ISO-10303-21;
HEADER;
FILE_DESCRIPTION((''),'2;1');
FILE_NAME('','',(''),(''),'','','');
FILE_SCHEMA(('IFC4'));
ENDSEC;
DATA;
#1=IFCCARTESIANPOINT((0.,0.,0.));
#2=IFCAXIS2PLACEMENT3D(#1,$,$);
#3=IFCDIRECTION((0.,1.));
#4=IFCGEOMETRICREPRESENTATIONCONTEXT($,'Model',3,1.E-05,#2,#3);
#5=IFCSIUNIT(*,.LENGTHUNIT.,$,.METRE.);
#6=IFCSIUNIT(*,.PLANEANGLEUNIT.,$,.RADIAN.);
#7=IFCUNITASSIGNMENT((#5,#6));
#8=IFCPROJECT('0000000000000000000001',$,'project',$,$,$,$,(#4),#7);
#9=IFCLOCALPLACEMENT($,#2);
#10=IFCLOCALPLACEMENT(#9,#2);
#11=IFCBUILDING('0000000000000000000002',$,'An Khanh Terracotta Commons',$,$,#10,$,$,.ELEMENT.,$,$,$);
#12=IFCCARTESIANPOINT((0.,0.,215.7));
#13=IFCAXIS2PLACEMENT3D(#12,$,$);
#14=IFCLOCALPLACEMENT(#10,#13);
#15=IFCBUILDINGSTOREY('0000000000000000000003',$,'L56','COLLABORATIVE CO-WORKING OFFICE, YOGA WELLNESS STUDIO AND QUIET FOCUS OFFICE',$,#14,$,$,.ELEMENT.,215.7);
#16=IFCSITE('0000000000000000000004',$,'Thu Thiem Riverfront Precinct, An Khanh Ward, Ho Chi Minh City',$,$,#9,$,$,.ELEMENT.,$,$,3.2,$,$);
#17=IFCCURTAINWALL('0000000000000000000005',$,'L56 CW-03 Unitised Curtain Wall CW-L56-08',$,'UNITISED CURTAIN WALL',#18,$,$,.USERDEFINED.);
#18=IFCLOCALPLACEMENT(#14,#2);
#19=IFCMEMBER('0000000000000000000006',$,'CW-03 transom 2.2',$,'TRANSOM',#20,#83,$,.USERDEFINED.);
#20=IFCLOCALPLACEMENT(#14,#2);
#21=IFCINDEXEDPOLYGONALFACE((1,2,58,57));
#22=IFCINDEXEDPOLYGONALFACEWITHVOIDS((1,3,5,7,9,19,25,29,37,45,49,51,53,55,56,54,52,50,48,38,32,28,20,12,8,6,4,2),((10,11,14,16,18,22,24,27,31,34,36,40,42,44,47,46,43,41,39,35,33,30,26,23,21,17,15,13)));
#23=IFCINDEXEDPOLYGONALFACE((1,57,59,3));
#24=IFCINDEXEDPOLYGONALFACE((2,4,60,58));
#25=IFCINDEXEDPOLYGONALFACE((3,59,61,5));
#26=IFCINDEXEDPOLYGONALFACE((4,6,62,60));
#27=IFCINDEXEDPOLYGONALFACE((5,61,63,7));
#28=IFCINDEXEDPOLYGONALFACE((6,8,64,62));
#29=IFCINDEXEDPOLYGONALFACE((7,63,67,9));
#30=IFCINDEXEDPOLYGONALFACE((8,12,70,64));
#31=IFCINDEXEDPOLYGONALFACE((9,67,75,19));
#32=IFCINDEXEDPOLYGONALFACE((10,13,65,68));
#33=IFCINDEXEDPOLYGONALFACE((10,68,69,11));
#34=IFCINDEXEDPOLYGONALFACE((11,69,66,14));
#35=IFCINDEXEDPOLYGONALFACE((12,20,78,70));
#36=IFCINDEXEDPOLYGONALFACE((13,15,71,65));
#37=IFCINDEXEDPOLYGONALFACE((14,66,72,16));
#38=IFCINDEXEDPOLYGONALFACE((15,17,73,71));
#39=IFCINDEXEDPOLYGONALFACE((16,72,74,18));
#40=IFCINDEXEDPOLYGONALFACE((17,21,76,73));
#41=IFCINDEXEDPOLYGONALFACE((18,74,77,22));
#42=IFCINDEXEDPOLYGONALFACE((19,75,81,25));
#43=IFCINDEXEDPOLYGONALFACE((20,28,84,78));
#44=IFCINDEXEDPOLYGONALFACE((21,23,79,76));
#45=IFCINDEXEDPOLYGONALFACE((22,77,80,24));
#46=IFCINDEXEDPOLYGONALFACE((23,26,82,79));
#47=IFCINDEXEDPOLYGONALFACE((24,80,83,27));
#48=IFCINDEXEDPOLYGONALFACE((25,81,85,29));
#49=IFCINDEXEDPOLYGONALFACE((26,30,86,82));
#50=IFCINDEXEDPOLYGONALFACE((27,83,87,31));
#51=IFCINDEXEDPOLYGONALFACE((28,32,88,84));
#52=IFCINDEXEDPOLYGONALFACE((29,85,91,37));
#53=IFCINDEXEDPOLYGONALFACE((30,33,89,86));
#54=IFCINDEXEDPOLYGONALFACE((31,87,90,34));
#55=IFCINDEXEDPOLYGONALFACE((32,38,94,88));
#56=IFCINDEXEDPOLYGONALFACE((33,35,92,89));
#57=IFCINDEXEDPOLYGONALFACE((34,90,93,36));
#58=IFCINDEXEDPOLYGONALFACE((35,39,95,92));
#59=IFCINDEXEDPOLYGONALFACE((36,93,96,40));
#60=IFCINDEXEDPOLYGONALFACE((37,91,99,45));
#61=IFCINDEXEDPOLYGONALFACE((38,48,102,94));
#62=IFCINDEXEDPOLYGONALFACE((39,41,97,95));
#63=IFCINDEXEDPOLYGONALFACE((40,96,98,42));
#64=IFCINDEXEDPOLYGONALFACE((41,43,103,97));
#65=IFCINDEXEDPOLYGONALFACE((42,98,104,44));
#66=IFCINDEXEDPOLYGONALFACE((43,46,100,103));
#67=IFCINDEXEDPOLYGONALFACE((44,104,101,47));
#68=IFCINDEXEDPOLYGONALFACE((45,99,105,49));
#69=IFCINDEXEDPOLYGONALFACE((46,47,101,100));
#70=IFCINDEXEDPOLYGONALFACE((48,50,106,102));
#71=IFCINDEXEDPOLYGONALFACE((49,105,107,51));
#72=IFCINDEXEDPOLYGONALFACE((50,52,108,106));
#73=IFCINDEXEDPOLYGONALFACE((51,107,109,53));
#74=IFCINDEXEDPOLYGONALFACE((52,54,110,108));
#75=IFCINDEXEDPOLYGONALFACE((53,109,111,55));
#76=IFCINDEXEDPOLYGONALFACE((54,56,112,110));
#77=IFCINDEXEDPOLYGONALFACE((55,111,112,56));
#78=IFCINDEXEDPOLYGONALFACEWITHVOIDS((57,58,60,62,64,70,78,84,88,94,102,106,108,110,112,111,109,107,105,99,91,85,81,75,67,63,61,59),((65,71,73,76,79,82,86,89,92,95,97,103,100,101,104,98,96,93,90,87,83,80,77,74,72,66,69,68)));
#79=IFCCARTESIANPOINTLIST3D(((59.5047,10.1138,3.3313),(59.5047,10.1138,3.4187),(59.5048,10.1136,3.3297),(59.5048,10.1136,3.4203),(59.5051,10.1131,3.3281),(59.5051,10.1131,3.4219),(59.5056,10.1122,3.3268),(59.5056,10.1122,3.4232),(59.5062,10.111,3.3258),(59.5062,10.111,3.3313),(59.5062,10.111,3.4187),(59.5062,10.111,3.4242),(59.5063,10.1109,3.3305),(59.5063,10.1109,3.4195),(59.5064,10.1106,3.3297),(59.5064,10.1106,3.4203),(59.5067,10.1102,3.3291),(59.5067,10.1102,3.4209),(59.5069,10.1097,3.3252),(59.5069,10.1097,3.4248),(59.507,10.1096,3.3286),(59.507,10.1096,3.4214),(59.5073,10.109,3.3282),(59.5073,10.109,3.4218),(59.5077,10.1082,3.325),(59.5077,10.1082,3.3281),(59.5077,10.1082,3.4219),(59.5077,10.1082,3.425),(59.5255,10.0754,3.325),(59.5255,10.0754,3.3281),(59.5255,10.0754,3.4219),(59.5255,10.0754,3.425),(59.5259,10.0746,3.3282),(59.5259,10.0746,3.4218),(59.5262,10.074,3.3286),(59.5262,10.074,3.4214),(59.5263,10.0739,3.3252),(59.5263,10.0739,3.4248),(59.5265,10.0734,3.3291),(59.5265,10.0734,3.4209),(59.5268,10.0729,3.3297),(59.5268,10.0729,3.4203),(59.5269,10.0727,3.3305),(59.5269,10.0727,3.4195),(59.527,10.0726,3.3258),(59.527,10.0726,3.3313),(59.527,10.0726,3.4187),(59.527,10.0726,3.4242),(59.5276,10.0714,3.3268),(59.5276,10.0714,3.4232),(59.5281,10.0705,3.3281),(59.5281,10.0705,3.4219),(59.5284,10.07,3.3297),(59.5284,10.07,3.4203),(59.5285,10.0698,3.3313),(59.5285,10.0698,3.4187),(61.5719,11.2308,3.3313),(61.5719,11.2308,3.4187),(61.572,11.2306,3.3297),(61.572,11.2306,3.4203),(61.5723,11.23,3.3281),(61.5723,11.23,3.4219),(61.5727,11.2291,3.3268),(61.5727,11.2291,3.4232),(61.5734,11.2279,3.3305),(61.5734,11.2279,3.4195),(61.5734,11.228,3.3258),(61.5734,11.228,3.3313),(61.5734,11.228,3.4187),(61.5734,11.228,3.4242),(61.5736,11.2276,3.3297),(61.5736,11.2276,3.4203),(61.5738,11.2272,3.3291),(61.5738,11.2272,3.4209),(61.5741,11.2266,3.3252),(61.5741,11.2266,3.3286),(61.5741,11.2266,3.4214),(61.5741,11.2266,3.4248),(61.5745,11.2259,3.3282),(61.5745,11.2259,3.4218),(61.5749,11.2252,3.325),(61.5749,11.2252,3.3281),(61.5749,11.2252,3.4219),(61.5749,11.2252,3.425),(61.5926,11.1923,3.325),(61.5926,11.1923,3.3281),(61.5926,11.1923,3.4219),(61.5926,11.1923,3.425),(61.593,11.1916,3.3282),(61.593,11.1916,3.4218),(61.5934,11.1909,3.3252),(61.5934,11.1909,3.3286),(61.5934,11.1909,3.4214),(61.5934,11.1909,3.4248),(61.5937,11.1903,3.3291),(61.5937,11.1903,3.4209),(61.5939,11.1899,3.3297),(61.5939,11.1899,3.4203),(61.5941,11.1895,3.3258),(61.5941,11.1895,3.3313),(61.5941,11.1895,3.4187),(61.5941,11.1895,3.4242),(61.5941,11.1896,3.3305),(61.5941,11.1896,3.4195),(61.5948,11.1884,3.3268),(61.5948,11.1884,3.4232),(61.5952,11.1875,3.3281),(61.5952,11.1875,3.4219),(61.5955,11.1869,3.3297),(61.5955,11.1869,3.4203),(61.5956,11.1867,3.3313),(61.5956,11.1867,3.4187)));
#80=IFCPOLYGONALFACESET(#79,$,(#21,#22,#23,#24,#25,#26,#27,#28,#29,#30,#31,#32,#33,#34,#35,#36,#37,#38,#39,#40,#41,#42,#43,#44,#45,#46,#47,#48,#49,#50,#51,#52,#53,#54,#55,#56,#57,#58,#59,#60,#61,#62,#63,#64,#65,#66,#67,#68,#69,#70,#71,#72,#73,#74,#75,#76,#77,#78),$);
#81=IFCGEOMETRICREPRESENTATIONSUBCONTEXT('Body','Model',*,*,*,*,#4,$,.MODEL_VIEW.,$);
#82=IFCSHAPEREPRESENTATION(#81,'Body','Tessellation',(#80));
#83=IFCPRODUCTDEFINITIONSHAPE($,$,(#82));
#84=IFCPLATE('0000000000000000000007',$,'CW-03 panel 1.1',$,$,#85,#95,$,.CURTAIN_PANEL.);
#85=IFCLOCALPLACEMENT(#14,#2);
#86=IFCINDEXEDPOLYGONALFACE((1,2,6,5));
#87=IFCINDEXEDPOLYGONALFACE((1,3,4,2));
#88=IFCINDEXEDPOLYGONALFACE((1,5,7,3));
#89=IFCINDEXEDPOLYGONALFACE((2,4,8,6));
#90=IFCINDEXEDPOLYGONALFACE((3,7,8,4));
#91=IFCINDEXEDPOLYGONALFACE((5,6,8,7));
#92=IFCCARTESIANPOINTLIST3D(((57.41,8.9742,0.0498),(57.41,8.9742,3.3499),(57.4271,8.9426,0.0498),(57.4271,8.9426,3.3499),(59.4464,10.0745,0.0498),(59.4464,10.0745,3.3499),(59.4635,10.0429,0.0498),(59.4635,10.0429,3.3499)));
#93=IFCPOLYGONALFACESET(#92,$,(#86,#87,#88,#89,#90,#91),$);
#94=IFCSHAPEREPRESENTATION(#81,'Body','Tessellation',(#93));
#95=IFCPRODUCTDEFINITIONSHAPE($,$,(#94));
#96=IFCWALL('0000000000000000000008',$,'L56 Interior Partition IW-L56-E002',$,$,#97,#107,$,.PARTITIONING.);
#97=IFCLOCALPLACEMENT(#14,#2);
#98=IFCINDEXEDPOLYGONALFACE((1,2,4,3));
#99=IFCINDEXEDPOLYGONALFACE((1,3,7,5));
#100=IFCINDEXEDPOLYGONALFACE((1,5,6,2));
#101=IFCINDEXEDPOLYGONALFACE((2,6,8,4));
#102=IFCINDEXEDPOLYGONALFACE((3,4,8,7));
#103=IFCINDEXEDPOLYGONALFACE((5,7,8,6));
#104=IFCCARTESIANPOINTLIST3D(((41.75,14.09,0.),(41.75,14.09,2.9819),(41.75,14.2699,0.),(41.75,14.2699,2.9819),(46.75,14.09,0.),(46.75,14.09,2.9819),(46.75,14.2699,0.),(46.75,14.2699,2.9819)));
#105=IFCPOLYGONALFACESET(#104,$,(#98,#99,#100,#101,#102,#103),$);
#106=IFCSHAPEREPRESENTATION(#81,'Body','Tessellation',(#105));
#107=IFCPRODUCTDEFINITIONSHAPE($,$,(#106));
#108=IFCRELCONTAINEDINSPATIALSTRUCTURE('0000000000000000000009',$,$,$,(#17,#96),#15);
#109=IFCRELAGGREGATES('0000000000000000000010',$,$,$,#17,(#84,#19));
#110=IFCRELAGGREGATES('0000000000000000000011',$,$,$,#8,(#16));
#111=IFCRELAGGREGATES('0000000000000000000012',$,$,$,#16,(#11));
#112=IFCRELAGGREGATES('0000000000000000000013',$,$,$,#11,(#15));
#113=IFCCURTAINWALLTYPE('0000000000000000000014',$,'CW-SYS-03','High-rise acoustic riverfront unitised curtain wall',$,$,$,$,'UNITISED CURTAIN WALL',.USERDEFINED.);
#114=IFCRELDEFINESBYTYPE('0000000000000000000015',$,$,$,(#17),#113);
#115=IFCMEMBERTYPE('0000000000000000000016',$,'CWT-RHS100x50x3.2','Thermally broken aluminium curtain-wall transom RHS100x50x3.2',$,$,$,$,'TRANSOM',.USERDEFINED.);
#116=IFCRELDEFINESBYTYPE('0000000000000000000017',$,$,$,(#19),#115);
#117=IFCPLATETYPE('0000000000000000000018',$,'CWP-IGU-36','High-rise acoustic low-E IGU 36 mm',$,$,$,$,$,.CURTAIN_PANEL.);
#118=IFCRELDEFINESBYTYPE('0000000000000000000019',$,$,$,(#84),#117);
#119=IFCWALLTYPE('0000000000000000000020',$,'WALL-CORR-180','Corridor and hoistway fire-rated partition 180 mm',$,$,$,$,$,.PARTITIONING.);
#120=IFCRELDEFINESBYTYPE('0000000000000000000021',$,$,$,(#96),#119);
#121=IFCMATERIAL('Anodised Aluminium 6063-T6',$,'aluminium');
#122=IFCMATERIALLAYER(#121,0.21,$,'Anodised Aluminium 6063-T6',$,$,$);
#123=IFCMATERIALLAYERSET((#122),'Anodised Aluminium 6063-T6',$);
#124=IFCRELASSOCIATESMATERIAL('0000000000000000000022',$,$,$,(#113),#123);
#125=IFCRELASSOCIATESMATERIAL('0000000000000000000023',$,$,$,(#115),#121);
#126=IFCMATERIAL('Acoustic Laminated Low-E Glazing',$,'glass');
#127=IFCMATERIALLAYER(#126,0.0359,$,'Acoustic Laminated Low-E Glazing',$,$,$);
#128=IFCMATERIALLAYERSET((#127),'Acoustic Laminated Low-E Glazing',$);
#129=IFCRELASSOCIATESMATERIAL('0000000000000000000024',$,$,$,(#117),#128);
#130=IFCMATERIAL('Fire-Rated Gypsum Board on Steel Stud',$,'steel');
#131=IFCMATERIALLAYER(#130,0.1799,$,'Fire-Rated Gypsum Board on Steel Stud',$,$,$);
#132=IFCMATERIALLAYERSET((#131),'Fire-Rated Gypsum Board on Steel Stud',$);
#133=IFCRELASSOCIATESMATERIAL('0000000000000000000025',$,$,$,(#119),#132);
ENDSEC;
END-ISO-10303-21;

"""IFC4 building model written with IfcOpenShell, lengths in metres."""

from ifc_helpers import new_model, si_unit, direction, frame, frame_2d, origin, origin_2d, place, context, subcontext, project, spatial, rectangle, hollow_rectangle, extrude, material, layer, layer_set, material_profile, profile_set, type_object, element, aggregate, save


model = new_model("IFC4")

# Units and contexts
model_context = context("Model", 3, precision=1e-05, world=origin(), true_north=direction((0.0, 1.0)))
body_context = subcontext(model_context, "Body", "Model", "MODEL_VIEW")
ifc_project = project(units=[si_unit("LENGTHUNIT", "METRE"), si_unit("PLANEANGLEUNIT", "RADIAN")], contexts=[model_context])

# Site, building, storey
site_placement = place(None, origin())
site = spatial("IfcSite", under=ifc_project, at=site_placement, Name="Thu Thiem Riverfront Precinct, An Khanh Ward, Ho Chi Minh City", CompositionType="ELEMENT", RefElevation=3.2)
building_placement = place(site_placement, origin())
building = spatial("IfcBuilding", under=site, at=building_placement, Name="An Khanh Terracotta Commons", CompositionType="ELEMENT")
storey_placement = place(building_placement, frame((0.0, 0.0, 215.7)))
storey = spatial("IfcBuildingStorey", under=building, at=storey_placement, Name="L56", Description="COLLABORATIVE CO-WORKING OFFICE, YOGA WELLNESS STUDIO AND QUIET FOCUS OFFICE", CompositionType="ELEMENT", Elevation=215.7)

# Curtain wall, member, plate
ifc_material_1 = material(Name="Anodised Aluminium 6063-T6", Category="aluminium")
ifc_layer_1 = layer(ifc_material_1, 0.21, Name="Anodised Aluminium 6063-T6")
ifc_layer_set_1 = layer_set([ifc_layer_1], Name="Anodised Aluminium 6063-T6")
curtain_wall_type = type_object("IfcCurtainWallType", Name="CW-SYS-03", Description="High-rise acoustic riverfront unitised curtain wall", ElementType="UNITISED CURTAIN WALL", PredefinedType="USERDEFINED", material=ifc_layer_set_1)
curtain_wall_placement = place(storey_placement, origin())
curtain_wall = element("IfcCurtainWall", 1, at=curtain_wall_placement, inside=storey, type_object=curtain_wall_type, Name="L56 CW-03 Unitised Curtain Wall CW-L56-08", ObjectType="UNITISED CURTAIN WALL", PredefinedType="USERDEFINED")
ifc_material_profile_1 = material_profile(ifc_material_1, hollow_rectangle(XDim=0.05, YDim=0.1001, WallThickness=0.0032, InnerFilletRadius=0.0032, OuterFilletRadius=0.0063, at=origin_2d()), Name="RHS100x50x3.2")
ifc_profile_set_1 = profile_set([ifc_material_profile_1], Name="Anodised Aluminium 6063-T6")
member_type_1 = type_object("IfcMemberType", Name="CWT-RHS100x50x3.2", Description="Thermally broken aluminium curtain-wall transom RHS100x50x3.2", ElementType="TRANSOM", PredefinedType="USERDEFINED", material=ifc_profile_set_1)
member_1_placement = place(storey_placement, frame((59.5166, 10.0918, 3.375), z_axis=(0.879783, 0.475376, 0.0), x_axis=(-0.475376, 0.879783, 0.0)))
member_1 = element("IfcMember", 2, at=member_1_placement, type_object=member_type_1, Name="CW-03 transom 2.2", ObjectType="TRANSOM", PredefinedType="USERDEFINED", context=body_context, shape_type="SweptSolid", body=[
    extrude(hollow_rectangle(XDim=0.05, YDim=0.1001, WallThickness=0.0032, InnerFilletRadius=0.0032, OuterFilletRadius=0.0063, at=origin_2d()), origin(), (0.0, 0.0, 1.0), 2.3496),
])
ifc_material_2 = material(Name="Acoustic Laminated Low-E Glazing", Category="glass")
ifc_layer_2 = layer(ifc_material_2, 0.0359, Name="Acoustic Laminated Low-E Glazing")
ifc_layer_set_2 = layer_set([ifc_layer_2], Name="Acoustic Laminated Low-E Glazing")
plate_type = type_object("IfcPlateType", Name="CWP-IGU-36", Description="High-rise acoustic low-E IGU 36 mm", PredefinedType="CURTAIN_PANEL", material=ifc_layer_set_2)
plate_placement = place(storey_placement, frame((58.4368, 9.5085, 0.0498), z_axis=(0.0, 0.0, 1.0), x_axis=(0.87978, 0.475381, 0.0)))
plate = element("IfcPlate", 3, at=plate_placement, type_object=plate_type, Name="CW-03 panel 1.1", PredefinedType="CURTAIN_PANEL", context=body_context, shape_type="SweptSolid", body=[
    extrude(rectangle(XDim=2.3147, YDim=0.0359, at=origin_2d()), origin(), (0.0, 0.0, 1.0), 3.3),
])
aggregate(curtain_wall, [plate, member_1])

# Wall
ifc_material_3 = material(Name="Fire-Rated Gypsum Board on Steel Stud", Category="steel")
ifc_layer_3 = layer(ifc_material_3, 0.1799, Name="Fire-Rated Gypsum Board on Steel Stud")
ifc_layer_set_3 = layer_set([ifc_layer_3], Name="Fire-Rated Gypsum Board on Steel Stud")
wall_type_1 = type_object("IfcWallType", Name="WALL-CORR-180", Description="Corridor and hoistway fire-rated partition 180 mm", PredefinedType="PARTITIONING", material=ifc_layer_set_3)
wall_1_placement = place(storey_placement, frame((41.75, 14.1799, 0.0), z_axis=(0.0, 0.0, 1.0), x_axis=(1.0, 0.0, 0.0)))
element("IfcWall", 4, at=wall_1_placement, inside=storey, type_object=wall_type_1, Name="L56 Interior Partition IW-L56-E002", PredefinedType="PARTITIONING", context=body_context, shape_type="SweptSolid", body=[
    extrude(rectangle(XDim=5.0, YDim=0.1799, at=frame_2d((2.5, 0.0))), origin(), (0.0, 0.0, 1.0), 2.9819),
])

save(model, "model.ifc")
